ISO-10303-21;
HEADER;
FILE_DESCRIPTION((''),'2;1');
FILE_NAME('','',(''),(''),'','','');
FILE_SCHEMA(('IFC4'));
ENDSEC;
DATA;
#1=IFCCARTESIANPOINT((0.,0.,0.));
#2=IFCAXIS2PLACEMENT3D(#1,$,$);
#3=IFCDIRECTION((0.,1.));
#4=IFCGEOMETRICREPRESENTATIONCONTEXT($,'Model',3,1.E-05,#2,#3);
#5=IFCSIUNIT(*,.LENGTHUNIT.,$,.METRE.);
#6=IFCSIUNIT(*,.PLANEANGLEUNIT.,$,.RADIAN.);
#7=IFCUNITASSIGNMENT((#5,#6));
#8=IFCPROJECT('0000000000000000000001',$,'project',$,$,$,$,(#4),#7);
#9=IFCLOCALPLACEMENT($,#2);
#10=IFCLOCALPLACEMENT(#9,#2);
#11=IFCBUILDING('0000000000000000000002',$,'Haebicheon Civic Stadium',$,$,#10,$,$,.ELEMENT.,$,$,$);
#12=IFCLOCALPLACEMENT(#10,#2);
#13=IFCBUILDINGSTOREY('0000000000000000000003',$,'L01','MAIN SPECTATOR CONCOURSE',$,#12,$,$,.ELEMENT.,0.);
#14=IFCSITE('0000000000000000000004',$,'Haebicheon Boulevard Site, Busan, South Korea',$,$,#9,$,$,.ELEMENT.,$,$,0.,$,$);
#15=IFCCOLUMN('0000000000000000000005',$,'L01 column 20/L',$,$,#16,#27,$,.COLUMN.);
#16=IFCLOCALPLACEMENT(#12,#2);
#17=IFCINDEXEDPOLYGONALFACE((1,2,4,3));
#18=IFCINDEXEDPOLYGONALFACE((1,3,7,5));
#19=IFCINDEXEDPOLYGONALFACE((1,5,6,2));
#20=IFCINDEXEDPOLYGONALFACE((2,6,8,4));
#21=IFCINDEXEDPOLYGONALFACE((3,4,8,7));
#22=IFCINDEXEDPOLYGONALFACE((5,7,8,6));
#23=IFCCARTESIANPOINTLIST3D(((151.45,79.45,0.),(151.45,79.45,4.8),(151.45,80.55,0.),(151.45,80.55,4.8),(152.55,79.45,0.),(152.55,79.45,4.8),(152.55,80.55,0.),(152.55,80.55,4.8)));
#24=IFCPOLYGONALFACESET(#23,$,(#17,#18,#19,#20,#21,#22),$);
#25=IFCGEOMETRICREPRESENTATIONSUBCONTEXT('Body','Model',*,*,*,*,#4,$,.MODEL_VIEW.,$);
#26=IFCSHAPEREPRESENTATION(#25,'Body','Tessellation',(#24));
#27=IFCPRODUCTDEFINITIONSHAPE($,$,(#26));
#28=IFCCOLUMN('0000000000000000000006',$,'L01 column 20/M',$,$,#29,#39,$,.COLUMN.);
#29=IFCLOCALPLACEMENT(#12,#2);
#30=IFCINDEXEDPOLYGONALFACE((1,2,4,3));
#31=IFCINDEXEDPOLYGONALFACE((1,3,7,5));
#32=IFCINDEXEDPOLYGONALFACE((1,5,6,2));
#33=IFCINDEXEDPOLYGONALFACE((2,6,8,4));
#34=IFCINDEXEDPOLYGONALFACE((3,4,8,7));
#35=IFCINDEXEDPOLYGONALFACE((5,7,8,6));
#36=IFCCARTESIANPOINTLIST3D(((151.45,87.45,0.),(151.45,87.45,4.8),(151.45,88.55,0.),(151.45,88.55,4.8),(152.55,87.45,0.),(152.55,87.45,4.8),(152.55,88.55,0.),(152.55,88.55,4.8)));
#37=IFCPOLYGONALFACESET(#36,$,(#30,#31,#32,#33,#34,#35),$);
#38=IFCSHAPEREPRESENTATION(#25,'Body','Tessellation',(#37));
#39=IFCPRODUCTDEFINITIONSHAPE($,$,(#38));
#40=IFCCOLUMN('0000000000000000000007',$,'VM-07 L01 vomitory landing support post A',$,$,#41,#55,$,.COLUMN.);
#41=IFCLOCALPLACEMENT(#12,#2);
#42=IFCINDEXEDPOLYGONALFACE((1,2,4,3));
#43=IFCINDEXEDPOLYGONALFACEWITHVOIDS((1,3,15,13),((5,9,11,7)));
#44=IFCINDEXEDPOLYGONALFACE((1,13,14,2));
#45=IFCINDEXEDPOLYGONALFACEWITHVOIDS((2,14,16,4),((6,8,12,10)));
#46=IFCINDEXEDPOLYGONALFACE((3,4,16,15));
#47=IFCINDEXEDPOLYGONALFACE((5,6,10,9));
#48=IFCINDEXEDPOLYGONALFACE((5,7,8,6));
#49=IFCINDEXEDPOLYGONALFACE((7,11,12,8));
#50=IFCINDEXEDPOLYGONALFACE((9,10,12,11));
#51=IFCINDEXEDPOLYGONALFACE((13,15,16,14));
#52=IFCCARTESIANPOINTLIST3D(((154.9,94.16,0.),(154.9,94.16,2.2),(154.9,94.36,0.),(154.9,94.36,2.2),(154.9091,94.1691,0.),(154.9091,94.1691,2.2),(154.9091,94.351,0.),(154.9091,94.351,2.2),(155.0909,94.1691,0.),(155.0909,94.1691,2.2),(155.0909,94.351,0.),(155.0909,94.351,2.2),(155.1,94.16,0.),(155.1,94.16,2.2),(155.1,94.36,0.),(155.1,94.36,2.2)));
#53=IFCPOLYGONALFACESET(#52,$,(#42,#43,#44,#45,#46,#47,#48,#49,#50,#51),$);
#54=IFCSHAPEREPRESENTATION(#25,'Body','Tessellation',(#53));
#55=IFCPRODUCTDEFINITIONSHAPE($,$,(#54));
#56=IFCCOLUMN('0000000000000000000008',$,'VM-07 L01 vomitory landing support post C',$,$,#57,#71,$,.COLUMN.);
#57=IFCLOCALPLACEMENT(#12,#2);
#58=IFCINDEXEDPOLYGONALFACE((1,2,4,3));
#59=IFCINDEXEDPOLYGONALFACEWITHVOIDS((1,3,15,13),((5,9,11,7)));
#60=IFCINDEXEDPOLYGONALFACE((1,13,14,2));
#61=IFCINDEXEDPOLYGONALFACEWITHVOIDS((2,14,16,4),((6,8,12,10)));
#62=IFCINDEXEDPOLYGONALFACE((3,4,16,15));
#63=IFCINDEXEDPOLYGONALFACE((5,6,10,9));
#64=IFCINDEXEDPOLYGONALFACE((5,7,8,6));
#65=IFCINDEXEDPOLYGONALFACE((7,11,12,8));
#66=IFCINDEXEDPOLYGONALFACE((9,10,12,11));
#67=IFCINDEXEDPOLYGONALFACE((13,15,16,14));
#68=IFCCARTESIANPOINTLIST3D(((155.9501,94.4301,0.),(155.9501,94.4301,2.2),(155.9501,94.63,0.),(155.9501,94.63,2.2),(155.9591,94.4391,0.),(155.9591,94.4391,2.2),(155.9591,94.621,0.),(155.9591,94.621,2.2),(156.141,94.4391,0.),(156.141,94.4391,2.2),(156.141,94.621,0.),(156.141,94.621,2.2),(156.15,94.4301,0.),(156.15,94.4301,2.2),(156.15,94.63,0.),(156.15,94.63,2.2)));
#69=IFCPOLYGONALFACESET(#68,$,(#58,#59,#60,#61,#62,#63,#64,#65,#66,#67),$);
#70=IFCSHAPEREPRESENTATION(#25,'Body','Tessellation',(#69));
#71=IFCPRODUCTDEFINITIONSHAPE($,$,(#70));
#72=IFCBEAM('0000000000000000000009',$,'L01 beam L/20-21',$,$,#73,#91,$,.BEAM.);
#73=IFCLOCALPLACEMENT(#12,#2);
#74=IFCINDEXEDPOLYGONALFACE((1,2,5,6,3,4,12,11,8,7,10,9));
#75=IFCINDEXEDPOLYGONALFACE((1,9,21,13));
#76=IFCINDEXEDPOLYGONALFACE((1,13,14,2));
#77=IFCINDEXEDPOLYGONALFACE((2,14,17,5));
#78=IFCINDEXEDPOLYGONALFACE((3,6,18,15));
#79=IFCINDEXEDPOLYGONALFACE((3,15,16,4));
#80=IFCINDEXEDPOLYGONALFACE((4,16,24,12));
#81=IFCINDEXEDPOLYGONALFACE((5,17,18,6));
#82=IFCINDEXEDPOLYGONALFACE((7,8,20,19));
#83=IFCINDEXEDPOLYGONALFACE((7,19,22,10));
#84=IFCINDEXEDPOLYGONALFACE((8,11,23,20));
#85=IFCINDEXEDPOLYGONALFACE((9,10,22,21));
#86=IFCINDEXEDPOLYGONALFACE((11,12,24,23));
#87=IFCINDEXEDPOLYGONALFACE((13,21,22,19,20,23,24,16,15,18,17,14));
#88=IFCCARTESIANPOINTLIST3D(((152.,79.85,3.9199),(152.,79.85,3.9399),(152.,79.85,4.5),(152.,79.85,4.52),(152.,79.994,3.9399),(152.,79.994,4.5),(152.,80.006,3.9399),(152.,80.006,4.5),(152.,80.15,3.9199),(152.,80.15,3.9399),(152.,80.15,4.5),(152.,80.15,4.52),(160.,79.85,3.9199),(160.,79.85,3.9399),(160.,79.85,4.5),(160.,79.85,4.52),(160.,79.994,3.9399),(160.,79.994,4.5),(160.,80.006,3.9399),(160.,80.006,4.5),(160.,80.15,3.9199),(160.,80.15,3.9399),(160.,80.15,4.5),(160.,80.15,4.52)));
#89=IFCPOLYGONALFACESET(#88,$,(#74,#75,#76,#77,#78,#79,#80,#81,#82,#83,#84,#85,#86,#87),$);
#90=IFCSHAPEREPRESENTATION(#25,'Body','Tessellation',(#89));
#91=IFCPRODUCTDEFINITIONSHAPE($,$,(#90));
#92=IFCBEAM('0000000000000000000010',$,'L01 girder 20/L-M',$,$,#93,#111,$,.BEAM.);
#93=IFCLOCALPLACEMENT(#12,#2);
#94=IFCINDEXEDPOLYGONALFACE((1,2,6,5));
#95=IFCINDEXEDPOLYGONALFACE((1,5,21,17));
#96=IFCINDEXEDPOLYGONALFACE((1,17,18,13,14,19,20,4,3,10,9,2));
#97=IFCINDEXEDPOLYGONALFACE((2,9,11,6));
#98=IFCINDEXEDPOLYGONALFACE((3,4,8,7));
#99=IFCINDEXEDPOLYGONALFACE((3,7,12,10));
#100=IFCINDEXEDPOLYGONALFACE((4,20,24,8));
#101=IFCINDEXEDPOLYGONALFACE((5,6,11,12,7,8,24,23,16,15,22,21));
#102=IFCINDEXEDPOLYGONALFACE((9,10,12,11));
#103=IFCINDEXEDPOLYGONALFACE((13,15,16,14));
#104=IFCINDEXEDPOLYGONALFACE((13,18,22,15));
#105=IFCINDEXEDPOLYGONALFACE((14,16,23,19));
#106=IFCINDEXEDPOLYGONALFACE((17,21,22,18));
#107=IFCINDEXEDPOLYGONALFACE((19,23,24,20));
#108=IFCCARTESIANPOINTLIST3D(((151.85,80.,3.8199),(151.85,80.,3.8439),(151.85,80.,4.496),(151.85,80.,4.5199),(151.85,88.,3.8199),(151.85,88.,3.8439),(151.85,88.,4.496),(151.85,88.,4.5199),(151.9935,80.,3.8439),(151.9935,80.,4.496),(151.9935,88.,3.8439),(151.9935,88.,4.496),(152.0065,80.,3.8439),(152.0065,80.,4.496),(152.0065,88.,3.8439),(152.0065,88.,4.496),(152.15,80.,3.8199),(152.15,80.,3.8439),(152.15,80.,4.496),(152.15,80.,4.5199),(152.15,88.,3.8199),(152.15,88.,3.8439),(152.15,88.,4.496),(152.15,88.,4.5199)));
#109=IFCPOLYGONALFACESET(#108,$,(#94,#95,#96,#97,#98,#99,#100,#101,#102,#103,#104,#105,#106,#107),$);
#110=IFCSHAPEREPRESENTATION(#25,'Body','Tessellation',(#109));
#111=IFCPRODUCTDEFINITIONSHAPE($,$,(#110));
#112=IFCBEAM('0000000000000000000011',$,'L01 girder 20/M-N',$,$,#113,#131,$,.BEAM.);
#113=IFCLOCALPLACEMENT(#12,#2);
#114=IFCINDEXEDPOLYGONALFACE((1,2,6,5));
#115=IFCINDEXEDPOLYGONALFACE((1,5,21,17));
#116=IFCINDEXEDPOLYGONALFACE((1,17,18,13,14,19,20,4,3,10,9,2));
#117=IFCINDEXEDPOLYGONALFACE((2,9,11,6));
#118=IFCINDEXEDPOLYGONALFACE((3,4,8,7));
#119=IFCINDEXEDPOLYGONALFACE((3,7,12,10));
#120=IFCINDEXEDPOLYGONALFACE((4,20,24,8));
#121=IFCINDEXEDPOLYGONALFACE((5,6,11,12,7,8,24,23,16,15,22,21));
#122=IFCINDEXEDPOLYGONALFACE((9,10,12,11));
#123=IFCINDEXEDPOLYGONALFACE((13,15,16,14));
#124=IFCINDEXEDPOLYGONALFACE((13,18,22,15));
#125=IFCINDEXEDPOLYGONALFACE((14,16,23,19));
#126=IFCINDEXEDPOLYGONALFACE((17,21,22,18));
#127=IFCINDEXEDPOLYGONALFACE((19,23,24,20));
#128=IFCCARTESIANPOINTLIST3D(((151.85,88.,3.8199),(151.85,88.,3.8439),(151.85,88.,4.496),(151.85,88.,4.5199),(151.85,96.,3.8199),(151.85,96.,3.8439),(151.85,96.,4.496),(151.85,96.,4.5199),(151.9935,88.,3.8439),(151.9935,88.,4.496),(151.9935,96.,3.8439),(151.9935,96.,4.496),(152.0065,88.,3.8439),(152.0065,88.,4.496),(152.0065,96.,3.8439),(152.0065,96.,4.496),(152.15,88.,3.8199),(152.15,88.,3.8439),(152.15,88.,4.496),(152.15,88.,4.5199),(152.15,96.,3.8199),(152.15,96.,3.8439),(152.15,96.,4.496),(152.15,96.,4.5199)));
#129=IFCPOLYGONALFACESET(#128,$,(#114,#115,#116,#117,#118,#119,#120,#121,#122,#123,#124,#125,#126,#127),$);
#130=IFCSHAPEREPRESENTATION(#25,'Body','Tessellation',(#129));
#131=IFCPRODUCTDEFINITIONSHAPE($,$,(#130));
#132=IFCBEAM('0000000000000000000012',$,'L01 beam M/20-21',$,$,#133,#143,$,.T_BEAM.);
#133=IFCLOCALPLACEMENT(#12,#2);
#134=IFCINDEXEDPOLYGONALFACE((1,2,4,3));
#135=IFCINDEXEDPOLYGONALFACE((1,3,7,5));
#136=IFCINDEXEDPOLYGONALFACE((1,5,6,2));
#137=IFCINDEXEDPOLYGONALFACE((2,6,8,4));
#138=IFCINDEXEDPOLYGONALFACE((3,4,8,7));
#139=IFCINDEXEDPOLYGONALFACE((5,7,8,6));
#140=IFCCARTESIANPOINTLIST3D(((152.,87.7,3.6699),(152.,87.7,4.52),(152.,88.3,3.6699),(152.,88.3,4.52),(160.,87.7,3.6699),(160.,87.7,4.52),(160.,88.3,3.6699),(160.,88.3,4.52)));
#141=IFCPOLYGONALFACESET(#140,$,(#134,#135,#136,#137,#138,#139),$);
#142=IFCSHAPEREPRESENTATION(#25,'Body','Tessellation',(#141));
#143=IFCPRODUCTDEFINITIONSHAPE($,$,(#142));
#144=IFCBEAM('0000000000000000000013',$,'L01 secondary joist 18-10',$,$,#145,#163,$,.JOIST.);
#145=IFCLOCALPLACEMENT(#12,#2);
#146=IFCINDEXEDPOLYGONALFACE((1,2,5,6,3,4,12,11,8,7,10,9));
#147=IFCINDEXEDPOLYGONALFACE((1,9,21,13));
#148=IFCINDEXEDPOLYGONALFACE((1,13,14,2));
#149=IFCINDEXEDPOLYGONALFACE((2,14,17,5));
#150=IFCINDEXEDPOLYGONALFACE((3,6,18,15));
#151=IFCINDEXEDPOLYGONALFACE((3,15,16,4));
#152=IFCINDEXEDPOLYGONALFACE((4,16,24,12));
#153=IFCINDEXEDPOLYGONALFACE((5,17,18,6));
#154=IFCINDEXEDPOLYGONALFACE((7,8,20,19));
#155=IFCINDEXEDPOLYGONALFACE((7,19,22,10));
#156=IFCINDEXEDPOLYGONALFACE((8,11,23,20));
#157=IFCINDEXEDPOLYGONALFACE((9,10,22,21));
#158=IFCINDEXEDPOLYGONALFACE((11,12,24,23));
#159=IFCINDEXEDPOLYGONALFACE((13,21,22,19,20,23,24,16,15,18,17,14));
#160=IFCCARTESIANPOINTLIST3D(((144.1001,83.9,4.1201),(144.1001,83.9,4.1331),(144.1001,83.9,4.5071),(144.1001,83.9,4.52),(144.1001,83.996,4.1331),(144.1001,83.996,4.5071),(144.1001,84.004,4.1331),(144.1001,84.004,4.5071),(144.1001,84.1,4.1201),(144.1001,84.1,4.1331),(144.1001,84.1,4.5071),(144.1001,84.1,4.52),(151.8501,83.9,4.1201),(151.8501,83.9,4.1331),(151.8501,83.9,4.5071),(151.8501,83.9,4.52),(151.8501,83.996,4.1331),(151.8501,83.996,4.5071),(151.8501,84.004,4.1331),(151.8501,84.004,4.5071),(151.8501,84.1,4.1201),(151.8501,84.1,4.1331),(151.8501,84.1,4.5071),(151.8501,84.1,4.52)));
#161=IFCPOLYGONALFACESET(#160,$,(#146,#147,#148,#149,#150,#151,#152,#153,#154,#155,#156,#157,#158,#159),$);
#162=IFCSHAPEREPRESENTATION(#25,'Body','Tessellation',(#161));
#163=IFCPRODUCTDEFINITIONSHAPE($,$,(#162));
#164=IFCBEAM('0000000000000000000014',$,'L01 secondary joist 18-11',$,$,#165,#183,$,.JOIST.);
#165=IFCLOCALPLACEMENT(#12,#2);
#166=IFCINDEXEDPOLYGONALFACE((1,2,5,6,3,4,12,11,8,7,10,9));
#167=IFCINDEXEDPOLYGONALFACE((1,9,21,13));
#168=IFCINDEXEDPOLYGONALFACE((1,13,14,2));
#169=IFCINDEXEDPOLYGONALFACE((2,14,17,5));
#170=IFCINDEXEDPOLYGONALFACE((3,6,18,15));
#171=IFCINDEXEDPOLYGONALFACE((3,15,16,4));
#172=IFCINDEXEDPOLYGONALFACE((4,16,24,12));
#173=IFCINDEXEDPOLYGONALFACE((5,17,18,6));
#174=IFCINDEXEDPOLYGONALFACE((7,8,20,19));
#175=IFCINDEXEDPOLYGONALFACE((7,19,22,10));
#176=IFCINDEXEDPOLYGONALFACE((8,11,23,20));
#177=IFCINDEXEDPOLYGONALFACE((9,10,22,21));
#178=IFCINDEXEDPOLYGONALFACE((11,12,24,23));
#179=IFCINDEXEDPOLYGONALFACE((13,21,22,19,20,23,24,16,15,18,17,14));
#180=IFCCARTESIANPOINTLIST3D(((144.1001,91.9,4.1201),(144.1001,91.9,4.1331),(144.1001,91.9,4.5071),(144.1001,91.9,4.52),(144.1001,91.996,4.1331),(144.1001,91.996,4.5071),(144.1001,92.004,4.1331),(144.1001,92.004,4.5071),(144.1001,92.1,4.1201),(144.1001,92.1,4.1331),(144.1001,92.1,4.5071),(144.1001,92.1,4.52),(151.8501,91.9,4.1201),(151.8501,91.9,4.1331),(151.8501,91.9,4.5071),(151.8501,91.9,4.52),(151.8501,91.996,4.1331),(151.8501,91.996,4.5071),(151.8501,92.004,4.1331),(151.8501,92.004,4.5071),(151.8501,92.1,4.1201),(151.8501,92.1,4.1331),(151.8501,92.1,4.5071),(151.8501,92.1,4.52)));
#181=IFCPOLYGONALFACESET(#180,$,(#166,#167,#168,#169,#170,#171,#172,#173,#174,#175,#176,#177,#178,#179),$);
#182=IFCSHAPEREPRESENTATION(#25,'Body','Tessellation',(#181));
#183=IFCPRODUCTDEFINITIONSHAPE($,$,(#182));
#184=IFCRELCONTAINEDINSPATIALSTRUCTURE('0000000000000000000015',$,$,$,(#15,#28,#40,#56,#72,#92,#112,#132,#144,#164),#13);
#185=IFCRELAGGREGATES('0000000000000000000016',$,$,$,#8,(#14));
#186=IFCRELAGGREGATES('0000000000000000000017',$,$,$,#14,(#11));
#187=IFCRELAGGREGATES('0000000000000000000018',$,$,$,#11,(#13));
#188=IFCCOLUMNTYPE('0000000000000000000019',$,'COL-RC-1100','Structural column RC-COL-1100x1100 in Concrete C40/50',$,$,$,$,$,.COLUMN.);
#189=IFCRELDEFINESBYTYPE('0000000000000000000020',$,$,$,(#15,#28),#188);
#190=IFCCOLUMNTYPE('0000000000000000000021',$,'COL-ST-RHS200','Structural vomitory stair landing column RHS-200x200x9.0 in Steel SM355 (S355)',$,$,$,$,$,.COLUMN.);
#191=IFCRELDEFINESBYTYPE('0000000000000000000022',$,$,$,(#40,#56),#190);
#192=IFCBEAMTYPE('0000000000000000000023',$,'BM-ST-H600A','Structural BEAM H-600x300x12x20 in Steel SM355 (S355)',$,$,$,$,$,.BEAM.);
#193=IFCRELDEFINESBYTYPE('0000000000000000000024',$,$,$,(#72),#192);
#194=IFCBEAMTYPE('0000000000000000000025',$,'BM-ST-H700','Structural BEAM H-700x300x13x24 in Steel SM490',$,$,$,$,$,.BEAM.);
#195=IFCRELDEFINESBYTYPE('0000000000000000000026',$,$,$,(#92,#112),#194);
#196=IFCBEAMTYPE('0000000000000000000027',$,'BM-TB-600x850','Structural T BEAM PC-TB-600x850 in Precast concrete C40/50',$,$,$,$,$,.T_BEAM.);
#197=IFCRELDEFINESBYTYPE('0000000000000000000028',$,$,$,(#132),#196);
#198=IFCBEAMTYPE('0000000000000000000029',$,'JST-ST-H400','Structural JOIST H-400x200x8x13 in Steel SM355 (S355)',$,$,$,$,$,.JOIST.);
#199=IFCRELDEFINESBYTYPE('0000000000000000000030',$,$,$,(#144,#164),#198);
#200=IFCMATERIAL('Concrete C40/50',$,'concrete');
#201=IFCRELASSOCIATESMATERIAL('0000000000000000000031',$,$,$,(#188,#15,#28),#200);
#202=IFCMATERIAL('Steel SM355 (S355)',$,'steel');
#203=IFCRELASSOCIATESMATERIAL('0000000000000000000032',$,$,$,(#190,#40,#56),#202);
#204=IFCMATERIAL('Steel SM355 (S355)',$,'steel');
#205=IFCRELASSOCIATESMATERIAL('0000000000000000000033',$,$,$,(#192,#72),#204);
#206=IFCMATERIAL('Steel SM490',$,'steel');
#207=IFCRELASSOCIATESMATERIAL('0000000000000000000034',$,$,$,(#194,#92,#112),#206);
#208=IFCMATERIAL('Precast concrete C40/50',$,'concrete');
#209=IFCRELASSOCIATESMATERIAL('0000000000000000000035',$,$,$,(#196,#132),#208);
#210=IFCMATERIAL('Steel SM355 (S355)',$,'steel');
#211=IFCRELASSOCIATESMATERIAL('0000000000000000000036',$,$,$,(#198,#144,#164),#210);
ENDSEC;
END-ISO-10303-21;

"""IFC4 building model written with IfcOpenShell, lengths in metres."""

from ifc_helpers import new_model, si_unit, direction, frame, origin, origin_2d, place, context, subcontext, project, spatial, rectangle, hollow_rectangle, i_section, extrude, material, material_profile, profile_set, type_object, element, save


model = new_model("IFC4")

# Units and contexts
model_context = context("Model", 3, precision=1e-05, world=origin(), true_north=direction((0.0, 1.0)))
body_context = subcontext(model_context, "Body", "Model", "MODEL_VIEW")
ifc_project = project(units=[si_unit("LENGTHUNIT", "METRE"), si_unit("PLANEANGLEUNIT", "RADIAN")], contexts=[model_context])

# Site, building, storey
site_placement = place(None, origin())
site = spatial("IfcSite", under=ifc_project, at=site_placement, Name="Haebicheon Boulevard Site, Busan, South Korea", CompositionType="ELEMENT", RefElevation=0.0)
building_placement = place(site_placement, origin())
building = spatial("IfcBuilding", under=site, at=building_placement, Name="Haebicheon Civic Stadium", CompositionType="ELEMENT")
storey_placement = place(building_placement, origin())
storey = spatial("IfcBuildingStorey", under=building, at=storey_placement, Name="L01", Description="MAIN SPECTATOR CONCOURSE", CompositionType="ELEMENT", Elevation=0.0)

# Columns
ifc_material_1 = material(Name="Concrete C40/50", Category="concrete")
ifc_material_profile_1 = material_profile(ifc_material_1, rectangle(XDim=1.1001, YDim=1.1001, at=origin_2d()), Name="RC-COL-1100x1100")
ifc_profile_set_1 = profile_set([ifc_material_profile_1], Name="Concrete C40/50")
column_type_1 = type_object("IfcColumnType", Name="COL-RC-1100", Description="Structural column RC-COL-1100x1100 in Concrete C40/50", PredefinedType="COLUMN", material=ifc_profile_set_1)
for number, where, z_axis, x_axis, name in (
    (1, (152.0, 80.0, 0.0), (0.0, 0.0, 1.0), (1.0, 0.0, 0.0), "L01 column 20/L"),
    (2, (152.0, 88.0, 0.0), (0.0, 0.0, 1.0), (1.0, 0.0, 0.0), "L01 column 20/M"),
):
    element("IfcColumn", number, at=place(storey_placement, frame(where, z_axis=z_axis, x_axis=x_axis)), inside=storey, type_object=column_type_1, material=ifc_profile_set_1, Name=name, PredefinedType="COLUMN", context=body_context, shape_type="SweptSolid", body=[
        extrude(rectangle(XDim=1.1001, YDim=1.1001, at=origin_2d()), origin(), (0.0, 0.0, 1.0), 4.8),
    ])
ifc_material_2 = material(Name="Steel SM355 (S355)", Category="steel")
ifc_material_profile_2 = material_profile(ifc_material_2, hollow_rectangle(XDim=0.2, YDim=0.2, WallThickness=0.009, at=origin_2d()), Name="RHS-200x200x9.0")
ifc_profile_set_2 = profile_set([ifc_material_profile_2], Name="Steel SM355 (S355)")
column_type_2 = type_object("IfcColumnType", Name="COL-ST-RHS200", Description="Structural vomitory stair landing column RHS-200x200x9.0 in Steel SM355 (S355)", PredefinedType="COLUMN", material=ifc_profile_set_2)
for number, where, z_axis, x_axis, name in (
    (3, (155.0, 94.26, 0.0), (0.0, 0.0, 1.0), (1.0, 0.0, 0.0), "VM-07 L01 vomitory landing support post A"),
    (4, (156.05, 94.53, 0.0), (0.0, 0.0, 1.0), (1.0, 0.0, 0.0), "VM-07 L01 vomitory landing support post C"),
):
    element("IfcColumn", number, at=place(storey_placement, frame(where, z_axis=z_axis, x_axis=x_axis)), inside=storey, type_object=column_type_2, material=ifc_profile_set_2, Name=name, PredefinedType="COLUMN", context=body_context, shape_type="SweptSolid", body=[
        extrude(hollow_rectangle(XDim=0.2, YDim=0.2, WallThickness=0.009, at=origin_2d()), origin(), (0.0, 0.0, 1.0), 2.2),
    ])

# Beams
ifc_material_3 = material(Name="Steel SM355 (S355)", Category="steel")
ifc_material_profile_3 = material_profile(ifc_material_3, i_section(OverallWidth=0.3, OverallDepth=0.6001, WebThickness=0.012, FlangeThickness=0.02, at=origin_2d()), Name="H-600x300x12x20")
ifc_profile_set_3 = profile_set([ifc_material_profile_3], Name="Steel SM355 (S355)")
beam_type_1 = type_object("IfcBeamType", Name="BM-ST-H600A", Description="Structural BEAM H-600x300x12x20 in Steel SM355 (S355)", PredefinedType="BEAM", material=ifc_profile_set_3)
beam_1_placement = place(storey_placement, frame((152.0, 80.0, 4.22), z_axis=(1.0, 0.0, 0.0), x_axis=(0.0, 1.0, 0.0)))
element("IfcBeam", 5, at=beam_1_placement, inside=storey, type_object=beam_type_1, material=ifc_profile_set_3, Name="L01 beam L/20-21", PredefinedType="BEAM", context=body_context, shape_type="SweptSolid", body=[
    extrude(i_section(OverallWidth=0.3, OverallDepth=0.6001, WebThickness=0.012, FlangeThickness=0.02, at=origin_2d()), origin(), (0.0, 0.0, 1.0), 8.0),
])
ifc_material_4 = material(Name="Steel SM490", Category="steel")
ifc_material_profile_4 = material_profile(ifc_material_4, i_section(OverallWidth=0.3, OverallDepth=0.7, WebThickness=0.0129, FlangeThickness=0.0239, at=origin_2d()), Name="H-700x300x13x24")
ifc_profile_set_4 = profile_set([ifc_material_profile_4], Name="Steel SM490")
beam_type_2 = type_object("IfcBeamType", Name="BM-ST-H700", Description="Structural BEAM H-700x300x13x24 in Steel SM490", PredefinedType="BEAM", material=ifc_profile_set_4)
for number, where, z_axis, x_axis, name in (
    (6, (152.0, 80.0, 4.1699), (0.0, 1.0, 0.0), (-1.0, 0.0, 0.0), "L01 girder 20/L-M"),
    (7, (152.0, 88.0, 4.1699), (0.0, 1.0, 0.0), (-1.0, 0.0, 0.0), "L01 girder 20/M-N"),
):
    element("IfcBeam", number, at=place(storey_placement, frame(where, z_axis=z_axis, x_axis=x_axis)), inside=storey, type_object=beam_type_2, material=ifc_profile_set_4, Name=name, PredefinedType="BEAM", context=body_context, shape_type="SweptSolid", body=[
        extrude(i_section(OverallWidth=0.3, OverallDepth=0.7, WebThickness=0.0129, FlangeThickness=0.0239, at=origin_2d()), origin(), (0.0, 0.0, 1.0), 8.0),
    ])
ifc_material_5 = material(Name="Precast concrete C40/50", Category="concrete")
ifc_material_profile_5 = material_profile(ifc_material_5, rectangle(XDim=0.6001, YDim=0.8501, at=origin_2d()), Name="PC-TB-600x850")
ifc_profile_set_5 = profile_set([ifc_material_profile_5], Name="Precast concrete C40/50")
beam_type_3 = type_object("IfcBeamType", Name="BM-TB-600x850", Description="Structural T BEAM PC-TB-600x850 in Precast concrete C40/50", PredefinedType="T_BEAM", material=ifc_profile_set_5)
beam_2_placement = place(storey_placement, frame((152.0, 88.0, 4.095), z_axis=(1.0, 0.0, 0.0), x_axis=(0.0, 1.0, 0.0)))
element("IfcBeam", 8, at=beam_2_placement, inside=storey, type_object=beam_type_3, material=ifc_profile_set_5, Name="L01 beam M/20-21", PredefinedType="T_BEAM", context=body_context, shape_type="SweptSolid", body=[
    extrude(rectangle(XDim=0.6001, YDim=0.8501, at=origin_2d()), origin(), (0.0, 0.0, 1.0), 8.0),
])
ifc_material_6 = material(Name="Steel SM355 (S355)", Category="steel")
ifc_material_profile_6 = material_profile(ifc_material_6, i_section(OverallWidth=0.2, OverallDepth=0.3999, WebThickness=0.0081, FlangeThickness=0.0129, at=origin_2d()), Name="H-400x200x8x13")
ifc_profile_set_6 = profile_set([ifc_material_profile_6], Name="Steel SM355 (S355)")
beam_type_4 = type_object("IfcBeamType", Name="JST-ST-H400", Description="Structural JOIST H-400x200x8x13 in Steel SM355 (S355)", PredefinedType="JOIST", material=ifc_profile_set_6)
for number, where, z_axis, x_axis, name in (
    (9, (144.1001, 84.0, 4.3201), (1.0, 0.0, 0.0), (0.0, 1.0, 0.0), "L01 secondary joist 18-10"),
    (10, (144.1001, 92.0, 4.3201), (1.0, 0.0, 0.0), (0.0, 1.0, 0.0), "L01 secondary joist 18-11"),
):
    element("IfcBeam", number, at=place(storey_placement, frame(where, z_axis=z_axis, x_axis=x_axis)), inside=storey, type_object=beam_type_4, material=ifc_profile_set_6, Name=name, PredefinedType="JOIST", context=body_context, shape_type="SweptSolid", body=[
        extrude(i_section(OverallWidth=0.2, OverallDepth=0.3999, WebThickness=0.0081, FlangeThickness=0.0129, at=origin_2d()), origin(), (0.0, 0.0, 1.0), 7.75),
    ])

save(model, "model.ifc")
